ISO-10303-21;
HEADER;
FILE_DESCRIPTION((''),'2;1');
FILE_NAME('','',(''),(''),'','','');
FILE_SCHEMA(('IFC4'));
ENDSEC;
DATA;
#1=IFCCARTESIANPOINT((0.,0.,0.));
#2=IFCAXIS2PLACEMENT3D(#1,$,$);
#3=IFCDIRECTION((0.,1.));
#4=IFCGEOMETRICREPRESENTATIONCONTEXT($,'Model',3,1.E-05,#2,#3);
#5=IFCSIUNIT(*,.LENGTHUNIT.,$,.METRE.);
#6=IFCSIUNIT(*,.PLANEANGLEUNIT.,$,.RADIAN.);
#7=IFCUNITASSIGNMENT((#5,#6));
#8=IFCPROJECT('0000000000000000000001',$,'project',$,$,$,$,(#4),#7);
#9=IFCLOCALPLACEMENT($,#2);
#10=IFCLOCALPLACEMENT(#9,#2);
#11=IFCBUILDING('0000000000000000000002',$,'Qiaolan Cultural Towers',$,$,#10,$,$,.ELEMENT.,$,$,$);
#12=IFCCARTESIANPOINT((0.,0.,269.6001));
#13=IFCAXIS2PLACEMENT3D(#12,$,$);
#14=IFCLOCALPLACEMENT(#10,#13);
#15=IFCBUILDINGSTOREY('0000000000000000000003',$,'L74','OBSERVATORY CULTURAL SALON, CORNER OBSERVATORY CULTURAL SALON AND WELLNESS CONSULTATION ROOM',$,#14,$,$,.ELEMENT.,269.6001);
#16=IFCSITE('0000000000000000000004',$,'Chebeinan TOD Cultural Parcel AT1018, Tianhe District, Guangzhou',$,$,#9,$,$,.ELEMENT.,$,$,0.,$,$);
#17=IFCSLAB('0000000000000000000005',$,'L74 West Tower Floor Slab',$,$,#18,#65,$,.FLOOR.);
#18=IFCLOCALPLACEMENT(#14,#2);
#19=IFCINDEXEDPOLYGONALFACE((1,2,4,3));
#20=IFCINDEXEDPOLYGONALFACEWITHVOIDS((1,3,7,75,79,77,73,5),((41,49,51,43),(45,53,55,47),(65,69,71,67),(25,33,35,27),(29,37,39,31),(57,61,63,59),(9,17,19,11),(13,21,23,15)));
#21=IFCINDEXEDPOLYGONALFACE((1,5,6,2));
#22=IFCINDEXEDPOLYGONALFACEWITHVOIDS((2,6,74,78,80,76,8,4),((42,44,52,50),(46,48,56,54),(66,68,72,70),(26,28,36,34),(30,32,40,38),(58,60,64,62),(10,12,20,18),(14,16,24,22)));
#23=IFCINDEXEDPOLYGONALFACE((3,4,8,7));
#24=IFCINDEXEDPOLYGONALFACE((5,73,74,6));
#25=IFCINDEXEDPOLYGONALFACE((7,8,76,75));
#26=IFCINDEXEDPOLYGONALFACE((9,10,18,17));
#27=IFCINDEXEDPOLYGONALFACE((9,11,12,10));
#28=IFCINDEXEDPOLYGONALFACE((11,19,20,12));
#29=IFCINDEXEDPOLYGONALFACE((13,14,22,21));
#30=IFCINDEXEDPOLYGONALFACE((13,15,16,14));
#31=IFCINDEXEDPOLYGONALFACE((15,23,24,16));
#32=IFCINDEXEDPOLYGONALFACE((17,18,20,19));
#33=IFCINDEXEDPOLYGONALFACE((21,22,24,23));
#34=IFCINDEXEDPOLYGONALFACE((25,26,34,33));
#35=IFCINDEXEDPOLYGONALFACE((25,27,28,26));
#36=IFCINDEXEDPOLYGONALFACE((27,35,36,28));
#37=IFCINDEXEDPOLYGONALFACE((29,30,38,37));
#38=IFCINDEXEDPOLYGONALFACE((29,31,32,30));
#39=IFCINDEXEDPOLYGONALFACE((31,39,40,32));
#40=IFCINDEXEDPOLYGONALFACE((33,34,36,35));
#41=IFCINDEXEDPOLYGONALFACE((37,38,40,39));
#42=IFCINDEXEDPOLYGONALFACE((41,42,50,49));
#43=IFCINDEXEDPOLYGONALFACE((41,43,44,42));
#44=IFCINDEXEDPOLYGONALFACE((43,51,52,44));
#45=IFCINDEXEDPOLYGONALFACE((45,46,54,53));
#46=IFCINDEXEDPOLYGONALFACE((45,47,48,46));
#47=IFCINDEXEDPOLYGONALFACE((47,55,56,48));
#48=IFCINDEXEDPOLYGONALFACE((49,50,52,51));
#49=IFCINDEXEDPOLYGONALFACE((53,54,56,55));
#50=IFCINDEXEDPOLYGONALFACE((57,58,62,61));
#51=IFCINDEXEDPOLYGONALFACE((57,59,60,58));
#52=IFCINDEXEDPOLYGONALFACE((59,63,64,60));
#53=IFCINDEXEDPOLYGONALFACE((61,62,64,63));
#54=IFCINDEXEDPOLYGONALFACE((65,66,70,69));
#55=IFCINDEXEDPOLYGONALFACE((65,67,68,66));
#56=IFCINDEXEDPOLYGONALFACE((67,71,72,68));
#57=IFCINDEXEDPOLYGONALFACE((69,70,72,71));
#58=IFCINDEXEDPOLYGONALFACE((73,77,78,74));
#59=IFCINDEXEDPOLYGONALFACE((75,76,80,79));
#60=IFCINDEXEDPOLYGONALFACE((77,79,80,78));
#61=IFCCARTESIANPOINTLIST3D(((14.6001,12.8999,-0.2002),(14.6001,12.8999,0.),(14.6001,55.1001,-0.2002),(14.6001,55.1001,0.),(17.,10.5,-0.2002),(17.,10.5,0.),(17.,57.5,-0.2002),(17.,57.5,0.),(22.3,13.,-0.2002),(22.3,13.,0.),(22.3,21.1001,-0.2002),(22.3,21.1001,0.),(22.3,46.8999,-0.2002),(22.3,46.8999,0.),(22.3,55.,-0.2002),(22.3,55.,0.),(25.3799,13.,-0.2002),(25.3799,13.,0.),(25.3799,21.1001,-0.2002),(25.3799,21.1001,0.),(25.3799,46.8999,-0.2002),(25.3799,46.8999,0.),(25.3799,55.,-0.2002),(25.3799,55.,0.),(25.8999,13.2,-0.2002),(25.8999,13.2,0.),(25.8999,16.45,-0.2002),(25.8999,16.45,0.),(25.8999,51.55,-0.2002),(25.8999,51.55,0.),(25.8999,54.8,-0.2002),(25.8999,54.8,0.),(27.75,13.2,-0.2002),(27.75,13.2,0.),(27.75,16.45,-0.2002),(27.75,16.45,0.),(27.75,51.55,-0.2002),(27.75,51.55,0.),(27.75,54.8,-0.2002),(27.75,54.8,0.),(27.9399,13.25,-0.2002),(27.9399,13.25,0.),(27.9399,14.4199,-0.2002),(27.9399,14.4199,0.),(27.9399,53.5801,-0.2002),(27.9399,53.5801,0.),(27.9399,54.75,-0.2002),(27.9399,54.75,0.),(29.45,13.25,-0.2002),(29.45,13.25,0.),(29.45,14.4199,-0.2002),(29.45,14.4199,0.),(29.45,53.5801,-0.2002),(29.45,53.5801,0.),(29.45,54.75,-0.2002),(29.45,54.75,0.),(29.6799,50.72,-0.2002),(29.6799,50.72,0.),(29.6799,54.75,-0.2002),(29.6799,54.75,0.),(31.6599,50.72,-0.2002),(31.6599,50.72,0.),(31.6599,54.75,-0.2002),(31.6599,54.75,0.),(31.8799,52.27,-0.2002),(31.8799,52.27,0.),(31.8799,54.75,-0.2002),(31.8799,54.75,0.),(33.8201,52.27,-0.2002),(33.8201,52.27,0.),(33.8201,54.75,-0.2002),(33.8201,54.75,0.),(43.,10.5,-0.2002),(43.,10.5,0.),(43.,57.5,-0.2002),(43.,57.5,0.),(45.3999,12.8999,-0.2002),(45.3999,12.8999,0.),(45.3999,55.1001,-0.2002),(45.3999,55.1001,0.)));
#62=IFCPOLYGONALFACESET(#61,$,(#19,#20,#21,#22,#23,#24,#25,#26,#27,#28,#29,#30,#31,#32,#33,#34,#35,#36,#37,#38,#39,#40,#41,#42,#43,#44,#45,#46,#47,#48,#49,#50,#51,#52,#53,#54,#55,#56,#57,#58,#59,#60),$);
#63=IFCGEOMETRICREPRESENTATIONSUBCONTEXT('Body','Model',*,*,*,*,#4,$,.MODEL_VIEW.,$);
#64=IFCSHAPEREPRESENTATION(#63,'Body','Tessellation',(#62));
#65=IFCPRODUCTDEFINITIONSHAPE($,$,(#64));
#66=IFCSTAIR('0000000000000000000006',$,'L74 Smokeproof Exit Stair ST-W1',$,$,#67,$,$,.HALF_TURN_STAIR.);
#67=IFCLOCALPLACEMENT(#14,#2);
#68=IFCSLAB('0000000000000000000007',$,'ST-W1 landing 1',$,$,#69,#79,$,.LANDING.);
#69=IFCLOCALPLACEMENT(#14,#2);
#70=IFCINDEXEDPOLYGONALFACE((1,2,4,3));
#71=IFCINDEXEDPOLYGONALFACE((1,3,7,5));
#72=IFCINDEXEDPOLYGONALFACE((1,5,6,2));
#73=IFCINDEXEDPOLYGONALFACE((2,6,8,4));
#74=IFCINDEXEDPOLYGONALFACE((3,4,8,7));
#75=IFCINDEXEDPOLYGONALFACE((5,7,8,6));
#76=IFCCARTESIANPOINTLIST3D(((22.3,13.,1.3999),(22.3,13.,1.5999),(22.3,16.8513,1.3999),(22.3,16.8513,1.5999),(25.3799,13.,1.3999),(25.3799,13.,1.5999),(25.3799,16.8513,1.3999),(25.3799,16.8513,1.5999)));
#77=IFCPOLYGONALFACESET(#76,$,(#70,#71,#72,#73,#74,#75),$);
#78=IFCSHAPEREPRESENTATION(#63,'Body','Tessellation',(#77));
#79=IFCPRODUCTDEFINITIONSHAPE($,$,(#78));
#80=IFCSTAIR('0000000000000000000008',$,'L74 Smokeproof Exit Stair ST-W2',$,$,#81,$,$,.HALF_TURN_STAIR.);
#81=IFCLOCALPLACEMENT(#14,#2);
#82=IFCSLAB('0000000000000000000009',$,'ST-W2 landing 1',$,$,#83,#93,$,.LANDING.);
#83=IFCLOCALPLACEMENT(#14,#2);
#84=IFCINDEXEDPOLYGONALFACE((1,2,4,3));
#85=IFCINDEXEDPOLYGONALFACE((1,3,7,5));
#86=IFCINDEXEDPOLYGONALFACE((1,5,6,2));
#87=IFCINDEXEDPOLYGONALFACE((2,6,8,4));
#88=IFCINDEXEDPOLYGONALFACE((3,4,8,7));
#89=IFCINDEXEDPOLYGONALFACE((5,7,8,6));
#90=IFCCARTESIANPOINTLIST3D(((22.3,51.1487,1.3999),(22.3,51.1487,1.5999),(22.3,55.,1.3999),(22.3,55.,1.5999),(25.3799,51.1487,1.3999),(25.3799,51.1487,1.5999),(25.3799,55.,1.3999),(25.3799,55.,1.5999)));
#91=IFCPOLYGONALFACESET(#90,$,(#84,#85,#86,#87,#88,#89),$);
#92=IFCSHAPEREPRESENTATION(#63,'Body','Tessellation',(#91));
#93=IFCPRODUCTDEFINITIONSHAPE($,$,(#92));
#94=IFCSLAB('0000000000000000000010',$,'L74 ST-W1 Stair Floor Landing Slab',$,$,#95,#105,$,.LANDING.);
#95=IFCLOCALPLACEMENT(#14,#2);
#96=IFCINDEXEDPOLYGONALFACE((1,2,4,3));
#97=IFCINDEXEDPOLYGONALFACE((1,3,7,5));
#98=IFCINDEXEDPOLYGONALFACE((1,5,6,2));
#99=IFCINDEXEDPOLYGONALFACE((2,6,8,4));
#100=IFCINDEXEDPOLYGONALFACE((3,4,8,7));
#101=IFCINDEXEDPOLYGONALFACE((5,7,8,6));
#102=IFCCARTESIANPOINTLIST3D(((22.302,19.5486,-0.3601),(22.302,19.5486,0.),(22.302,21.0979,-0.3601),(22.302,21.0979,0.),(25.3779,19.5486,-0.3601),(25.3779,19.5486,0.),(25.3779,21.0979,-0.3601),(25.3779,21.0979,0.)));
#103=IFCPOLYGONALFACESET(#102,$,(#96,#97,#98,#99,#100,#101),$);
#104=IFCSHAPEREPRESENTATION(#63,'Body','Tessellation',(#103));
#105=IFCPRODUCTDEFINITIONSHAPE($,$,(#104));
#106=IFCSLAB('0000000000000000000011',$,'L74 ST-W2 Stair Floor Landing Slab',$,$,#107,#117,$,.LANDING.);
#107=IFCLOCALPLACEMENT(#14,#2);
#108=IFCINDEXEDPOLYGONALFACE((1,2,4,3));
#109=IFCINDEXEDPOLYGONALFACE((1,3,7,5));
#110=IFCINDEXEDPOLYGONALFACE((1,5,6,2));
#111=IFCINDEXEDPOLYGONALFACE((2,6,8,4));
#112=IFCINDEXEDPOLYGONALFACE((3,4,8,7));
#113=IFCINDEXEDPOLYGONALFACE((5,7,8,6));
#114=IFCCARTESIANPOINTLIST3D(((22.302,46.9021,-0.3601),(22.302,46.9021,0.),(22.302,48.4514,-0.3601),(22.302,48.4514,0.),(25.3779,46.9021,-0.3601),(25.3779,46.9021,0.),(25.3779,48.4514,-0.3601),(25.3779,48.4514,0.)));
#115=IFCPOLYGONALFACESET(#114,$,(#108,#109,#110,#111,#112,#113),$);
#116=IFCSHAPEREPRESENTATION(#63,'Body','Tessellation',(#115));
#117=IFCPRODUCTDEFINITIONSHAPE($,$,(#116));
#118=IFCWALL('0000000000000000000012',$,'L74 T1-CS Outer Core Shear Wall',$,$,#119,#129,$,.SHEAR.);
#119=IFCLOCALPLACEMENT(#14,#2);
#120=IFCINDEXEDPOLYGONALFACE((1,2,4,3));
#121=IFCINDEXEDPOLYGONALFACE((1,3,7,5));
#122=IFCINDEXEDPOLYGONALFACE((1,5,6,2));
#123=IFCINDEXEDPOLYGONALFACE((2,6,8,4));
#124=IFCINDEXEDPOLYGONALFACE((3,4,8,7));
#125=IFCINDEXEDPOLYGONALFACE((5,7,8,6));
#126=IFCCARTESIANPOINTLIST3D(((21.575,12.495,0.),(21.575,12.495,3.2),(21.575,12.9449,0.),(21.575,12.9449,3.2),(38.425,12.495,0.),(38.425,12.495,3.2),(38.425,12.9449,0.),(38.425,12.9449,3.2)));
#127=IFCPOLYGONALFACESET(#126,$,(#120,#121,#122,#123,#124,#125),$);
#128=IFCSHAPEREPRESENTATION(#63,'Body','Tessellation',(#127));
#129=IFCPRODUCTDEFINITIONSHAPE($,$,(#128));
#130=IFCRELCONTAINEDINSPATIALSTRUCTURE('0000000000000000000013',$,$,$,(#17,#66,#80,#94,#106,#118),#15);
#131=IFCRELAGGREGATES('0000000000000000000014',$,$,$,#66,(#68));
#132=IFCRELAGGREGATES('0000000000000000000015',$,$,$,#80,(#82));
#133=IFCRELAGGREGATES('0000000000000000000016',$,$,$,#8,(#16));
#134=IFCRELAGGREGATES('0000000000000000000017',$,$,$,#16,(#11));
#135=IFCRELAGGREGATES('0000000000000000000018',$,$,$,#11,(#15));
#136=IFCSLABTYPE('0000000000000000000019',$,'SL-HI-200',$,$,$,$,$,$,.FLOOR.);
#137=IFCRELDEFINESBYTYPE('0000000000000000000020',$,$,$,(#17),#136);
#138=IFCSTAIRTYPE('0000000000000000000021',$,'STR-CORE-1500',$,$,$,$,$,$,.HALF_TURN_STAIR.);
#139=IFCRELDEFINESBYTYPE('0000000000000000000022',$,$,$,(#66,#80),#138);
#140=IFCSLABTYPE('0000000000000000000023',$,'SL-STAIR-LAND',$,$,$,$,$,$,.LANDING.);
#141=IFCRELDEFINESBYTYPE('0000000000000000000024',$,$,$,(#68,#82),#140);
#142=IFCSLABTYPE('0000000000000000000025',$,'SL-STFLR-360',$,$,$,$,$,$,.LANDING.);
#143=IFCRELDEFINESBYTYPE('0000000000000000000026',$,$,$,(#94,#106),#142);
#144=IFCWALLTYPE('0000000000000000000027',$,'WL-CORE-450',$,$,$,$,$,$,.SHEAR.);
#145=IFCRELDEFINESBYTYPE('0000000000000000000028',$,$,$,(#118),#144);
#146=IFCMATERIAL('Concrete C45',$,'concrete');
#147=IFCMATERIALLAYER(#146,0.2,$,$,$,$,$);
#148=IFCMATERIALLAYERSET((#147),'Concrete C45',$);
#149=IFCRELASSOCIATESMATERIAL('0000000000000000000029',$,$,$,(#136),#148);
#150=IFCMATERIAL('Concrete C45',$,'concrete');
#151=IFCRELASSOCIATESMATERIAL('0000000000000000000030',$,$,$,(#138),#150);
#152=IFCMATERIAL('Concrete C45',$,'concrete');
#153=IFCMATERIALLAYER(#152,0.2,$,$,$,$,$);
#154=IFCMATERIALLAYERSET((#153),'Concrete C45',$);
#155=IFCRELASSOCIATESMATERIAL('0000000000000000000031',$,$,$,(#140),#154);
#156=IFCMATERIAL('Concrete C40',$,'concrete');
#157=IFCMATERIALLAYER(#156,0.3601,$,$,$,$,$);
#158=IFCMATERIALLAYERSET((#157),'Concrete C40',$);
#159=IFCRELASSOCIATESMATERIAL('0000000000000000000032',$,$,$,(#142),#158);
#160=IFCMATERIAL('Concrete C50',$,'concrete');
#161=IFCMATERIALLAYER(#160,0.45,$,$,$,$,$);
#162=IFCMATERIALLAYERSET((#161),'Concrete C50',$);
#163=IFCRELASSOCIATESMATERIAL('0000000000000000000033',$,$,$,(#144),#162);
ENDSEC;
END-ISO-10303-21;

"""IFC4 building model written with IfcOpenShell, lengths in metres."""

from ifc_helpers import new_model, si_unit, direction, frame, frame_2d, origin, place, context, subcontext, project, spatial, polyline, rectangle, outline, extrude, material, layer, layer_set, type_object, element, aggregate, save


model = new_model("IFC4")

# Units and contexts
model_context = context("Model", 3, precision=1e-05, world=origin(), true_north=direction((0.0, 1.0)))
body_context = subcontext(model_context, "Body", "Model", "MODEL_VIEW")
ifc_project = project(units=[si_unit("LENGTHUNIT", "METRE"), si_unit("PLANEANGLEUNIT", "RADIAN")], contexts=[model_context])

# Site, building, storey
site_placement = place(None, origin())
site = spatial("IfcSite", under=ifc_project, at=site_placement, Name="Chebeinan TOD Cultural Parcel AT1018, Tianhe District, Guangzhou", CompositionType="ELEMENT", RefElevation=0.0)
building_placement = place(site_placement, origin())
building = spatial("IfcBuilding", under=site, at=building_placement, Name="Qiaolan Cultural Towers", CompositionType="ELEMENT")
storey_placement = place(building_placement, frame((0.0, 0.0, 269.6001)))
storey = spatial("IfcBuildingStorey", under=building, at=storey_placement, Name="L74", Description="OBSERVATORY CULTURAL SALON, CORNER OBSERVATORY CULTURAL SALON AND WELLNESS CONSULTATION ROOM", CompositionType="ELEMENT", Elevation=269.6001)

# Slab
ifc_material_1 = material(Name="Concrete C45", Category="concrete")
ifc_layer_1 = layer(ifc_material_1, 0.2)
ifc_layer_set_1 = layer_set([ifc_layer_1], Name="Concrete C45")
slab_type_1 = type_object("IfcSlabType", Name="SL-HI-200", PredefinedType="FLOOR", material=ifc_layer_set_1)
slab_1_placement = place(storey_placement, frame((0.0, 0.0, -0.2002)))
element("IfcSlab", 1, at=slab_1_placement, inside=storey, type_object=slab_type_1, Name="L74 West Tower Floor Slab", PredefinedType="FLOOR", context=body_context, shape_type="SweptSolid", body=[
    extrude(outline(polyline([(17.0, 10.5), (43.0, 10.5), (45.3999, 12.8999), (45.3999, 55.1001), (43.0, 57.5), (17.0, 57.5), (14.6001, 55.1001), (14.6001, 12.8999), (17.0, 10.5)]), holes=[polyline([(22.3, 21.1001), (22.3, 13.0), (25.3799, 13.0), (25.3799, 21.1001), (22.3, 21.1001)]), polyline([(25.3799, 46.8999), (25.3799, 55.0), (22.3, 55.0), (22.3, 46.8999), (25.3799, 46.8999)]), polyline([(25.8999, 13.2), (27.75, 13.2), (27.75, 16.45), (25.8999, 16.45), (25.8999, 13.2)]), polyline([(27.9399, 13.25), (29.45, 13.25), (29.45, 14.4199), (27.9399, 14.4199), (27.9399, 13.25)]), polyline([(25.8999, 51.55), (27.75, 51.55), (27.75, 54.8), (25.8999, 54.8), (25.8999, 51.55)]), polyline([(27.9399, 53.5801), (29.45, 53.5801), (29.45, 54.75), (27.9399, 54.75), (27.9399, 53.5801)]), polyline([(31.8799, 52.27), (33.8201, 52.27), (33.8201, 54.75), (31.8799, 54.75), (31.8799, 52.27)]), polyline([(29.6799, 50.72), (31.6599, 50.72), (31.6599, 54.75), (29.6799, 54.75), (29.6799, 50.72)])]), origin(), (0.0, 0.0, 1.0), 0.2002),
])

# Stairs, slabs
ifc_material_2 = material(Name="Concrete C45", Category="concrete")
stair_type = type_object("IfcStairType", Name="STR-CORE-1500", PredefinedType="HALF_TURN_STAIR", material=ifc_material_2)
stair_1_placement = place(storey_placement, origin())
stair_1 = element("IfcStair", 2, at=stair_1_placement, inside=storey, type_object=stair_type, Name="L74 Smokeproof Exit Stair ST-W1", PredefinedType="HALF_TURN_STAIR")
ifc_material_3 = material(Name="Concrete C45", Category="concrete")
ifc_layer_2 = layer(ifc_material_3, 0.2)
ifc_layer_set_2 = layer_set([ifc_layer_2], Name="Concrete C45")
slab_type_2 = type_object("IfcSlabType", Name="SL-STAIR-LAND", PredefinedType="LANDING", material=ifc_layer_set_2)
slab_2_placement = place(storey_placement, frame((0.0, 0.0, 1.3999)))
slab_2 = element("IfcSlab", 3, at=slab_2_placement, type_object=slab_type_2, Name="ST-W1 landing 1", PredefinedType="LANDING", context=body_context, shape_type="SweptSolid", body=[
    extrude(outline(polyline([(22.3, 16.8513), (22.3, 13.0), (25.3799, 13.0), (25.3799, 16.8513), (22.3, 16.8513)])), origin(), (0.0, 0.0, 1.0), 0.2),
])
aggregate(stair_1, [slab_2])
stair_2_placement = place(storey_placement, origin())
stair_2 = element("IfcStair", 4, at=stair_2_placement, inside=storey, type_object=stair_type, Name="L74 Smokeproof Exit Stair ST-W2", PredefinedType="HALF_TURN_STAIR")
slab_3_placement = place(storey_placement, frame((0.0, 0.0, 1.3999)))
slab_3 = element("IfcSlab", 5, at=slab_3_placement, type_object=slab_type_2, Name="ST-W2 landing 1", PredefinedType="LANDING", context=body_context, shape_type="SweptSolid", body=[
    extrude(outline(polyline([(25.3799, 51.1487), (25.3799, 55.0), (22.3, 55.0), (22.3, 51.1487), (25.3799, 51.1487)])), origin(), (0.0, 0.0, 1.0), 0.2),
])
aggregate(stair_2, [slab_3])

# Slabs
ifc_material_4 = material(Name="Concrete C40", Category="concrete")
ifc_layer_3 = layer(ifc_material_4, 0.3601)
ifc_layer_set_3 = layer_set([ifc_layer_3], Name="Concrete C40")
slab_type_3 = type_object("IfcSlabType", Name="SL-STFLR-360", PredefinedType="LANDING", material=ifc_layer_set_3)
slab_4_placement = place(storey_placement, frame((0.0, 0.0, -0.3601)))
element("IfcSlab", 6, at=slab_4_placement, inside=storey, type_object=slab_type_3, Name="L74 ST-W1 Stair Floor Landing Slab", PredefinedType="LANDING", context=body_context, shape_type="SweptSolid", body=[
    extrude(outline(polyline([(22.302, 21.0979), (22.302, 19.5486), (25.3779, 19.5486), (25.3779, 21.0979), (22.302, 21.0979)])), origin(), (0.0, 0.0, 1.0), 0.3601),
])
slab_5_placement = place(storey_placement, frame((0.0, 0.0, -0.3601)))
element("IfcSlab", 7, at=slab_5_placement, inside=storey, type_object=slab_type_3, Name="L74 ST-W2 Stair Floor Landing Slab", PredefinedType="LANDING", context=body_context, shape_type="SweptSolid", body=[
    extrude(outline(polyline([(25.3779, 46.9021), (25.3779, 48.4514), (22.302, 48.4514), (22.302, 46.9021), (25.3779, 46.9021)])), origin(), (0.0, 0.0, 1.0), 0.3601),
])

# Wall
ifc_material_5 = material(Name="Concrete C50", Category="concrete")
ifc_layer_4 = layer(ifc_material_5, 0.45)
ifc_layer_set_4 = layer_set([ifc_layer_4], Name="Concrete C50")
wall_type_1 = type_object("IfcWallType", Name="WL-CORE-450", PredefinedType="SHEAR", material=ifc_layer_set_4)
wall_1_placement = place(storey_placement, frame((21.575, 12.72, 0.0), z_axis=(0.0, 0.0, 1.0), x_axis=(1.0, 0.0, 0.0)))
element("IfcWall", 8, at=wall_1_placement, inside=storey, type_object=wall_type_1, Name="L74 T1-CS Outer Core Shear Wall", PredefinedType="SHEAR", context=body_context, shape_type="SweptSolid", body=[
    extrude(rectangle(XDim=16.8501, YDim=0.45, at=frame_2d((8.425, 0.0))), origin(), (0.0, 0.0, 1.0), 3.2),
])

save(model, "model.ifc")
